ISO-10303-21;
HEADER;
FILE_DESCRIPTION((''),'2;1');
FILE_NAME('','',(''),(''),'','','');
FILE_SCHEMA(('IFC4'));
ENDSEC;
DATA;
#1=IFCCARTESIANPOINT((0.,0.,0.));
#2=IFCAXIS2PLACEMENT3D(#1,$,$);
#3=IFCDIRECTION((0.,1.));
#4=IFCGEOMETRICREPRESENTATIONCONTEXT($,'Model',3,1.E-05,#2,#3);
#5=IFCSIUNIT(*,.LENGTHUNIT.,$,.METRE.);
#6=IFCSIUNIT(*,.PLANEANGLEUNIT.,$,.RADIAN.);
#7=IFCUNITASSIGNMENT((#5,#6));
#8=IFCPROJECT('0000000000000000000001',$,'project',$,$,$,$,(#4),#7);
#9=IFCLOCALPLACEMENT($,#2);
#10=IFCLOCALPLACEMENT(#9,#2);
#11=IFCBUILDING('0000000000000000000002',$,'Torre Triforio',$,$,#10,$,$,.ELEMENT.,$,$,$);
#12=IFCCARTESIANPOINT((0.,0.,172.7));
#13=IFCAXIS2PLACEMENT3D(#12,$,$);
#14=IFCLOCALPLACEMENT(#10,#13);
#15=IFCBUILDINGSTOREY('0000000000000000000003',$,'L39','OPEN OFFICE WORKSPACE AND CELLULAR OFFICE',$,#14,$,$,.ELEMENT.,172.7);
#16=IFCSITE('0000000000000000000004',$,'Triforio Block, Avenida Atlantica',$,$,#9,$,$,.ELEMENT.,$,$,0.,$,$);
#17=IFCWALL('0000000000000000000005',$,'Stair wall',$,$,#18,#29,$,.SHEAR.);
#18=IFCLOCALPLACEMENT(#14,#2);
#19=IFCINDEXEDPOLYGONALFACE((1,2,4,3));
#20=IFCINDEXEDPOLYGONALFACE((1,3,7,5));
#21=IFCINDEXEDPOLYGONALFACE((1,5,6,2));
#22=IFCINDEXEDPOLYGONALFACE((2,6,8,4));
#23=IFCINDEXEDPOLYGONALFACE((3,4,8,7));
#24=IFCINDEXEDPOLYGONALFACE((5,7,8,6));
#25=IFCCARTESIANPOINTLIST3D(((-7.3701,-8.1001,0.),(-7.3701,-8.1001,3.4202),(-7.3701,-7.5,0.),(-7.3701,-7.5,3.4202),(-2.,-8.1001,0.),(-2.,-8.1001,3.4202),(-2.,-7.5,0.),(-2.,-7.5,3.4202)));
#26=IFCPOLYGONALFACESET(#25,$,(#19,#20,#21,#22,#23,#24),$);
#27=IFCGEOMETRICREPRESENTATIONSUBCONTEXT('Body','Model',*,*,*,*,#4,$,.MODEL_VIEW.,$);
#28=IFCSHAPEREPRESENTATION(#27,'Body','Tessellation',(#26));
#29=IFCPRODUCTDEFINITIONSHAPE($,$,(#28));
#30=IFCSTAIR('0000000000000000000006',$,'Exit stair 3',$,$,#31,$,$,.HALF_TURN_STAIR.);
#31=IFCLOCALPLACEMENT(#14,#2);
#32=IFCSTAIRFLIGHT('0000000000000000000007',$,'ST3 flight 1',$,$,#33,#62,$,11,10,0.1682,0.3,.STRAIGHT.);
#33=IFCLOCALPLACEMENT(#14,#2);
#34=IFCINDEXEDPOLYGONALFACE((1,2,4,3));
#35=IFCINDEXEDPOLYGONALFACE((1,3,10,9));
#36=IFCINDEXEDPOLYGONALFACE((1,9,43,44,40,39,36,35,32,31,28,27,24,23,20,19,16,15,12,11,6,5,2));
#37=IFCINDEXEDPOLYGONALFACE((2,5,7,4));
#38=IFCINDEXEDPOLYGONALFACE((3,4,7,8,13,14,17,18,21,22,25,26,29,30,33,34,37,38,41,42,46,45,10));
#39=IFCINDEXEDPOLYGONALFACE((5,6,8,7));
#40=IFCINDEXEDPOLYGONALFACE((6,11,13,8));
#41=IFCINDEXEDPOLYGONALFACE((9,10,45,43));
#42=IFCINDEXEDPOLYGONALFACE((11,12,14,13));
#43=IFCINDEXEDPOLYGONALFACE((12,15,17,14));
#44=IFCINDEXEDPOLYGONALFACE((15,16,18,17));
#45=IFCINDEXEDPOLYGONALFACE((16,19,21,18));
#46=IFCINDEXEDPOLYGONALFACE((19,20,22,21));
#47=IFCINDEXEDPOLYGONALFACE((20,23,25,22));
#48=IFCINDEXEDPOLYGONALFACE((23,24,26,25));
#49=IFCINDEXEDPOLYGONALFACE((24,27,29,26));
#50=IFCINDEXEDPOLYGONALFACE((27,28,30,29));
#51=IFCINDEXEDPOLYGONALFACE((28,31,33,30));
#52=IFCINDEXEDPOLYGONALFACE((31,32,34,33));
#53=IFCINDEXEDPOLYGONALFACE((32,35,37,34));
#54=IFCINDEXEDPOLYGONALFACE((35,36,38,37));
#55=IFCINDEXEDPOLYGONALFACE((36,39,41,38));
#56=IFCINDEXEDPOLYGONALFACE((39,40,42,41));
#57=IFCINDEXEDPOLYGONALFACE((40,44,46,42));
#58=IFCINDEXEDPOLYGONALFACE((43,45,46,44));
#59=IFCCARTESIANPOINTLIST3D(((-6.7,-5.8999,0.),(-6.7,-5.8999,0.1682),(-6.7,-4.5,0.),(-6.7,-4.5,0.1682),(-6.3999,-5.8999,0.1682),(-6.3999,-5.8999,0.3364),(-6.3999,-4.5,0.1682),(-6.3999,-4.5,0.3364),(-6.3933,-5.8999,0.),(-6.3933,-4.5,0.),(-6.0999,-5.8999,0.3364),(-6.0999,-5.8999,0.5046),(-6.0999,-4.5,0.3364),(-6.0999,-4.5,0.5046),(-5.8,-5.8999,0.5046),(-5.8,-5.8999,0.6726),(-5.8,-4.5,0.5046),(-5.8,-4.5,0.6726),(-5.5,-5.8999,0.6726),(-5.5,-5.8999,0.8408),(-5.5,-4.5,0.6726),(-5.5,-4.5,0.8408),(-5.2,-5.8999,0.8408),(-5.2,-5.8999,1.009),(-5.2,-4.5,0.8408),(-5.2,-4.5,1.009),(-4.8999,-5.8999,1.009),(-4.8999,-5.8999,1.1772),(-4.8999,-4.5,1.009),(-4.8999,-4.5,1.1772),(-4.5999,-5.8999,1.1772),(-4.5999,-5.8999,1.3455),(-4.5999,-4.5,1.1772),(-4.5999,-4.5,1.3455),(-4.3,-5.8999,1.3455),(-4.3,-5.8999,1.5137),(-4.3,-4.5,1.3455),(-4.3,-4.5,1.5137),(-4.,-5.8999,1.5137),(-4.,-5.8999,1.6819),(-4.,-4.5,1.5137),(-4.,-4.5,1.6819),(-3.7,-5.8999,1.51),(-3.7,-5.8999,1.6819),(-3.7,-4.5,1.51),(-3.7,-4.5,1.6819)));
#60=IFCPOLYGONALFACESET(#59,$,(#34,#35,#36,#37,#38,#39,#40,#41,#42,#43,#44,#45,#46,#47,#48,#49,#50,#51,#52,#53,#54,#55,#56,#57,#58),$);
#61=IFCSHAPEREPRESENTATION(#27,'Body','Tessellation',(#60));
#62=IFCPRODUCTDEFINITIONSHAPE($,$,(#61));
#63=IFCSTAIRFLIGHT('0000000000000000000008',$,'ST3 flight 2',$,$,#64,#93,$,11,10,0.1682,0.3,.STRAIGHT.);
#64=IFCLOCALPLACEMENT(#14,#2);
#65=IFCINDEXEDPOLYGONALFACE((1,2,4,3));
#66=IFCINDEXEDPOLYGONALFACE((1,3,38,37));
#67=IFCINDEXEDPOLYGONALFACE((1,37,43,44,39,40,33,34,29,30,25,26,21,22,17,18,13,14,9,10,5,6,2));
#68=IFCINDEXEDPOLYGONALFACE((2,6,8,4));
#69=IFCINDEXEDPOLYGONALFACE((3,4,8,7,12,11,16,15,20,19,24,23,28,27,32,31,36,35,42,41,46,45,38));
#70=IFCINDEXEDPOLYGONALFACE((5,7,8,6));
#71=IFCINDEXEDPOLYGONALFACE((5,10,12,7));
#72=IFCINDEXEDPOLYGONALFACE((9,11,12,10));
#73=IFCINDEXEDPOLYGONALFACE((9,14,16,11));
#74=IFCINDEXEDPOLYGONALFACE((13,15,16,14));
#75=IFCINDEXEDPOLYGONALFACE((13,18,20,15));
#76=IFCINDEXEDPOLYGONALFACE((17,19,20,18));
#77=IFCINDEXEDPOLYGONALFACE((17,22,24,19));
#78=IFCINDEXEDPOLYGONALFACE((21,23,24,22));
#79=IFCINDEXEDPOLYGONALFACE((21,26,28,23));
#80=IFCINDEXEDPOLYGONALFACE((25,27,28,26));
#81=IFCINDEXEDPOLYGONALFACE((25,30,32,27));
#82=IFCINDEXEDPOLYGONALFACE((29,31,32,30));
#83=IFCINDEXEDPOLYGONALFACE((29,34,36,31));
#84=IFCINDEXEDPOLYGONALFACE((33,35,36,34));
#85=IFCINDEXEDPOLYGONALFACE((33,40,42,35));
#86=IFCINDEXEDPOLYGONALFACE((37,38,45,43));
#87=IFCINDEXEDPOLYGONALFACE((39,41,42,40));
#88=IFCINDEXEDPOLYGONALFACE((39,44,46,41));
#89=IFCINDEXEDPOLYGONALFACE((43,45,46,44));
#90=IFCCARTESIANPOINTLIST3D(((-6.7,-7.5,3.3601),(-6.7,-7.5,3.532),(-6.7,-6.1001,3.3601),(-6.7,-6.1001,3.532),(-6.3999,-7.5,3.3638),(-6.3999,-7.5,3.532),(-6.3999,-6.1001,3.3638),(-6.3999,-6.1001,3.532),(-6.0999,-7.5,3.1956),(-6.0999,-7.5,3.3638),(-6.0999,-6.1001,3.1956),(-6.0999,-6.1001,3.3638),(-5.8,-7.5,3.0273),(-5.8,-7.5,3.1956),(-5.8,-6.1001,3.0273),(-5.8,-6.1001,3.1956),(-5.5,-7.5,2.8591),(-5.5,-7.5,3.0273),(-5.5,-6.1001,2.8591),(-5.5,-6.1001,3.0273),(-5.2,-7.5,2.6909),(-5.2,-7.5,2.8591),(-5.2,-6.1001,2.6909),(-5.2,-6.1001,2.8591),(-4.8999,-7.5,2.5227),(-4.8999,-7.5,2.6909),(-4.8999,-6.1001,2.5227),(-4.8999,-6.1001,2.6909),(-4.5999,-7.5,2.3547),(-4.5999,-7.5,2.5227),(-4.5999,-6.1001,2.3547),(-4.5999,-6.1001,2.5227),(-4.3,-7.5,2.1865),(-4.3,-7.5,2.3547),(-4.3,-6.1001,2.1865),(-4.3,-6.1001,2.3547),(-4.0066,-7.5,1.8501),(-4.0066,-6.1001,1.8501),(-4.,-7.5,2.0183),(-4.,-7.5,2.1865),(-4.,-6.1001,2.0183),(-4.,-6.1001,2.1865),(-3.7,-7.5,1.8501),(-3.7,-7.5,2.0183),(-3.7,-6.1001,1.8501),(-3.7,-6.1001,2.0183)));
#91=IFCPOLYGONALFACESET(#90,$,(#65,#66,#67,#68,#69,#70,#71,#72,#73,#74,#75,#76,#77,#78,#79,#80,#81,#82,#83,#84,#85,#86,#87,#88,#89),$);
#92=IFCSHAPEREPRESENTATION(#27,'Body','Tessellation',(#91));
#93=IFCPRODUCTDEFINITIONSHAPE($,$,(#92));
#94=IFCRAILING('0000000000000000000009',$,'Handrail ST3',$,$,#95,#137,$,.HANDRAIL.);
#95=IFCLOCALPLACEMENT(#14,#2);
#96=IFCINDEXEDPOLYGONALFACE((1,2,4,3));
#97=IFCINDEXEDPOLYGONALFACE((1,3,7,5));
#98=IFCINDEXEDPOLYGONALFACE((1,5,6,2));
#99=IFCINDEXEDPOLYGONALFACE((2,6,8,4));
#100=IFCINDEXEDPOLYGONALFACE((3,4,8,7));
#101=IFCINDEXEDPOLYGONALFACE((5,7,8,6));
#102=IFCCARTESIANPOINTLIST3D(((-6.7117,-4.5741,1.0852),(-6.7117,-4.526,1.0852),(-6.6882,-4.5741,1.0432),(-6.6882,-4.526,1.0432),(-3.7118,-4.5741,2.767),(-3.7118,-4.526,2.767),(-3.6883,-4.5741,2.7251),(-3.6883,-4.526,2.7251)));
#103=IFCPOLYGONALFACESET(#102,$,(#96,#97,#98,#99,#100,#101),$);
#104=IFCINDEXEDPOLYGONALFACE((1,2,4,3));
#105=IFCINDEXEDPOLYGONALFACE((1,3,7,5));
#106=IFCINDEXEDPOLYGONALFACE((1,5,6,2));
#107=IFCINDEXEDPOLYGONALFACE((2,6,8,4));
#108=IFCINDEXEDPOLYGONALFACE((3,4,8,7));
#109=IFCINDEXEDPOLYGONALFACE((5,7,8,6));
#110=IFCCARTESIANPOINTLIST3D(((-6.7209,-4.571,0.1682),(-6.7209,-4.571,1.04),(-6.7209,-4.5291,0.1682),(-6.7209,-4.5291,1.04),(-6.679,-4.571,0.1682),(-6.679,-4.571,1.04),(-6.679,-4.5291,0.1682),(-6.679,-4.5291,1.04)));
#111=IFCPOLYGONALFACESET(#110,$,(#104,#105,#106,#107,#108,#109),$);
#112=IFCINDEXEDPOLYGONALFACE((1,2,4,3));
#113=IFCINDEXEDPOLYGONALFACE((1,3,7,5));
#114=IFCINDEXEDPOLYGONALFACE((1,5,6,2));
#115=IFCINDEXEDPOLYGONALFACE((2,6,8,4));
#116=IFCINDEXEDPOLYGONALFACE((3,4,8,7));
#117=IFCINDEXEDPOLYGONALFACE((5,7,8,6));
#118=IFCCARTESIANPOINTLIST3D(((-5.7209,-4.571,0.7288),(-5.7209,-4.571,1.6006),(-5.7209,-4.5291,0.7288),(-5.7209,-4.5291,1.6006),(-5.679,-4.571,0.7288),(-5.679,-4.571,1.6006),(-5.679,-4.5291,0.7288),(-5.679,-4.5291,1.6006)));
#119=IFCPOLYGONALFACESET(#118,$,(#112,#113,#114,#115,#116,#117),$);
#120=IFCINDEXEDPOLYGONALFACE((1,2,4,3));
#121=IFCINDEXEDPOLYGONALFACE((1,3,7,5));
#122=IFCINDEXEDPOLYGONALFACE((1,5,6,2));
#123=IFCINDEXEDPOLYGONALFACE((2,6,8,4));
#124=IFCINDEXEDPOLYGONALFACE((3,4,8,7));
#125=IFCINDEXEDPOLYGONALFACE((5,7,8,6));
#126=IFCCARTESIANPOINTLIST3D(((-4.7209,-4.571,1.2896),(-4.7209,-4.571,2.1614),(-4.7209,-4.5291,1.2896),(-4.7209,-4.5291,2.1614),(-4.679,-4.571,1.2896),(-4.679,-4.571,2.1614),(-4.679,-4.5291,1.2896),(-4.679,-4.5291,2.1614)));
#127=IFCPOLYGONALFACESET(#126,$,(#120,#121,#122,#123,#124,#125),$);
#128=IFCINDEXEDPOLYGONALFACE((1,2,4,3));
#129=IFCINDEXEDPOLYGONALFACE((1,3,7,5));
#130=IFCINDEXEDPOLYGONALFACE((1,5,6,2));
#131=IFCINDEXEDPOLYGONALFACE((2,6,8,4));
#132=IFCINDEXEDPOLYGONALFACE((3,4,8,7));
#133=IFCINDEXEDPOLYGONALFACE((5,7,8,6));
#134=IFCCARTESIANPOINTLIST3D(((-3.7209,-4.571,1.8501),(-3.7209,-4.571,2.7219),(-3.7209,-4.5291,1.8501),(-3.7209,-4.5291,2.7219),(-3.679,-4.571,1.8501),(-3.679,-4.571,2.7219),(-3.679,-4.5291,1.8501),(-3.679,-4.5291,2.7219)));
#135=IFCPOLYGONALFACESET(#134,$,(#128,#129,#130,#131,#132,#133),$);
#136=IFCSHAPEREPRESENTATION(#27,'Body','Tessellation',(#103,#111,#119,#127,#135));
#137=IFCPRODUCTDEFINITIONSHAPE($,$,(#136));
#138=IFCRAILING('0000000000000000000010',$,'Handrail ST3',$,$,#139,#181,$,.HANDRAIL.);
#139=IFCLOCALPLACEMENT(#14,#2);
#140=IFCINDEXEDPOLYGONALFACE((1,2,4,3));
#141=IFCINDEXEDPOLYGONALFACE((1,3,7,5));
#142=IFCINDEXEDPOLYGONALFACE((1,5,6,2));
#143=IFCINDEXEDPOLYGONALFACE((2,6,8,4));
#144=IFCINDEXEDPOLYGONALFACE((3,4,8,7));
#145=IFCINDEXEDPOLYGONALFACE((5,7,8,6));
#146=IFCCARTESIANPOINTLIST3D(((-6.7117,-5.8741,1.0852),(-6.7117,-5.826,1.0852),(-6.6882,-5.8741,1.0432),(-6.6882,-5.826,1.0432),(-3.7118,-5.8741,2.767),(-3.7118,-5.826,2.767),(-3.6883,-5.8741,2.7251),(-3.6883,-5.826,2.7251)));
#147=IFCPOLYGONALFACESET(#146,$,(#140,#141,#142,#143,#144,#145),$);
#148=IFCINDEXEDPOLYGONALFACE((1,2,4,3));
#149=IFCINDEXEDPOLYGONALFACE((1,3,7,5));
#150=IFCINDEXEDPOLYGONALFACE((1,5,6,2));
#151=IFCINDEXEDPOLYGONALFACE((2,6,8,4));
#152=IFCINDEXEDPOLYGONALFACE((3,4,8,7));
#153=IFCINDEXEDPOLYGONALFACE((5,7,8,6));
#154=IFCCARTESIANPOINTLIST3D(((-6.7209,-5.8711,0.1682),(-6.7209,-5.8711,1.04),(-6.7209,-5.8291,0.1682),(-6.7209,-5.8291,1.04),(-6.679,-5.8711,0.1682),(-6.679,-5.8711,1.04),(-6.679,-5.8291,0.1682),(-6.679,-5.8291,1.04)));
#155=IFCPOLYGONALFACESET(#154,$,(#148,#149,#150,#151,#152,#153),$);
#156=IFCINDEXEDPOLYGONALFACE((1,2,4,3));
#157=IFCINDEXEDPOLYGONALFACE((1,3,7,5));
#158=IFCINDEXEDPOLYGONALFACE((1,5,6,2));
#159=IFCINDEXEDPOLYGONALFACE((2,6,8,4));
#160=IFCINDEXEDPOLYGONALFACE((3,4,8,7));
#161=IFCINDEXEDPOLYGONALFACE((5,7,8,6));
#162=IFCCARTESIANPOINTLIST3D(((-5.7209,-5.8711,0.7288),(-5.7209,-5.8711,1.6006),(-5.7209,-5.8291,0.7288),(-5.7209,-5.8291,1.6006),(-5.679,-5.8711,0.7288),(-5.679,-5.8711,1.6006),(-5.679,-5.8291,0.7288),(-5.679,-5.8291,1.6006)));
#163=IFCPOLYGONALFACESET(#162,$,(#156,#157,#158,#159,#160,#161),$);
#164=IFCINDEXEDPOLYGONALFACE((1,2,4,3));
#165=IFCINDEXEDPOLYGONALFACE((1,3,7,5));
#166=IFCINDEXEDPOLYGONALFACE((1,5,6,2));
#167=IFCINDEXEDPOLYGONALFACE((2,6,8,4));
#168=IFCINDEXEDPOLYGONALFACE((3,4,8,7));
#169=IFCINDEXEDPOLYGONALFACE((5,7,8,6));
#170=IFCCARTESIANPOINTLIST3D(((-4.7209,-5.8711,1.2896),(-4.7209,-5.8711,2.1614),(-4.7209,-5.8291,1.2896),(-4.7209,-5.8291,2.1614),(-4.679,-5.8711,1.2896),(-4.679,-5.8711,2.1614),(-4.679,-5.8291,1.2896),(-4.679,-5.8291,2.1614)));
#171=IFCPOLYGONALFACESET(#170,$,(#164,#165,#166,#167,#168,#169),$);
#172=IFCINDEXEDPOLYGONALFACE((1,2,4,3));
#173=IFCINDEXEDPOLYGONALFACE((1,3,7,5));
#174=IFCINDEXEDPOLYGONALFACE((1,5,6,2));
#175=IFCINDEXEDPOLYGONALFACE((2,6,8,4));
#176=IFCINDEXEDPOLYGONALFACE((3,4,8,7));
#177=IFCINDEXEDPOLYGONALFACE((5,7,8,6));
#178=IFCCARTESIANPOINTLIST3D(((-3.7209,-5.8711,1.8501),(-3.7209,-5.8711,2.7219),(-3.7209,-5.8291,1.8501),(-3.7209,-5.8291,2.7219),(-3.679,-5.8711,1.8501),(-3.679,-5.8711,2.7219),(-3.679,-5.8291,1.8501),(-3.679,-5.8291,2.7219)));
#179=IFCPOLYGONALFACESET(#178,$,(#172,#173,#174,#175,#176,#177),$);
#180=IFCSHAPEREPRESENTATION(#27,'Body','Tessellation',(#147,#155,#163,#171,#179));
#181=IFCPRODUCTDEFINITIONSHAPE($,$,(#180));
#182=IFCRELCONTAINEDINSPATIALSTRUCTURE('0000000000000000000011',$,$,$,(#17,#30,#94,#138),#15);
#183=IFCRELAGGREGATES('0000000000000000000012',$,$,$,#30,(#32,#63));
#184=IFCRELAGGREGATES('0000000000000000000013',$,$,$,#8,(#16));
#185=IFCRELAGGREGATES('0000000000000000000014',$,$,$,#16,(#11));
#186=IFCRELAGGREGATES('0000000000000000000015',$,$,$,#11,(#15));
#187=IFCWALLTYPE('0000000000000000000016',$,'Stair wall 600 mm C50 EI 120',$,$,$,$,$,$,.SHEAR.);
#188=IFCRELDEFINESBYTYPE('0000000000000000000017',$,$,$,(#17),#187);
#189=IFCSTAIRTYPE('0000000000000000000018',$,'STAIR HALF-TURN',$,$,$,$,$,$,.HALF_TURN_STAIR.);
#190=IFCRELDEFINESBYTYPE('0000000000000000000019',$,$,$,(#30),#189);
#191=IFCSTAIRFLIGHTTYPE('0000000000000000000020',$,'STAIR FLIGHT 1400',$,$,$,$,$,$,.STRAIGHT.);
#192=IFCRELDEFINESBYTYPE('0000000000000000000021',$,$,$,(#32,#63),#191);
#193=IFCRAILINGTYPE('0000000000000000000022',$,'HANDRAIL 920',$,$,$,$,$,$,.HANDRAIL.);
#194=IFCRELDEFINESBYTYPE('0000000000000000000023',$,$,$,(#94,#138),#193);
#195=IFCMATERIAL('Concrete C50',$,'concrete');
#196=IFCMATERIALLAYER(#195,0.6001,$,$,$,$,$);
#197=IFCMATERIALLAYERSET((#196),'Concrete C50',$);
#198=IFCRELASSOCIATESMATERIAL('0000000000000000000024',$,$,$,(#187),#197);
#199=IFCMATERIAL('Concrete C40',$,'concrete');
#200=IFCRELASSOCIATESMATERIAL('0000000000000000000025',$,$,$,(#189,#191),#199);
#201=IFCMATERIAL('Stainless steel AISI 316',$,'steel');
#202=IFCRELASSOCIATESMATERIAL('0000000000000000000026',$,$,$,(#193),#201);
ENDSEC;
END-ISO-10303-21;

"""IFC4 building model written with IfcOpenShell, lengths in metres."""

from ifc_helpers import new_model, si_unit, direction, frame, frame_2d, origin, origin_2d, place, context, subcontext, project, spatial, polyline, rectangle, outline, extrude, material, layer, layer_set, type_object, element, aggregate, save


model = new_model("IFC4")

# Units and contexts
model_context = context("Model", 3, precision=1e-05, world=origin(), true_north=direction((0.0, 1.0)))
body_context = subcontext(model_context, "Body", "Model", "MODEL_VIEW")
ifc_project = project(units=[si_unit("LENGTHUNIT", "METRE"), si_unit("PLANEANGLEUNIT", "RADIAN")], contexts=[model_context])

# Site, building, storey
site_placement = place(None, origin())
site = spatial("IfcSite", under=ifc_project, at=site_placement, Name="Triforio Block, Avenida Atlantica", CompositionType="ELEMENT", RefElevation=0.0)
building_placement = place(site_placement, origin())
building = spatial("IfcBuilding", under=site, at=building_placement, Name="Torre Triforio", CompositionType="ELEMENT")
storey_placement = place(building_placement, frame((0.0, 0.0, 172.7)))
storey = spatial("IfcBuildingStorey", under=building, at=storey_placement, Name="L39", Description="OPEN OFFICE WORKSPACE AND CELLULAR OFFICE", CompositionType="ELEMENT", Elevation=172.7)

# Shared definitions
ifc_material_1 = material(Name="Concrete C40", Category="concrete")

# Shared definitions
ifc_material_2 = material(Name="Concrete C50", Category="concrete")

# Wall
ifc_layer_1 = layer(ifc_material_2, 0.6001)
ifc_layer_set_1 = layer_set([ifc_layer_1], Name="Concrete C50")
wall_type_1 = type_object("IfcWallType", Name="Stair wall 600 mm C50 EI 120", PredefinedType="SHEAR", material=ifc_layer_set_1)
wall_1_placement = place(storey_placement, frame((-7.3701, -7.8, 0.0), z_axis=(0.0, 0.0, 1.0), x_axis=(1.0, 0.0, 0.0)))
element("IfcWall", 1, at=wall_1_placement, inside=storey, type_object=wall_type_1, Name="Stair wall", PredefinedType="SHEAR", context=body_context, shape_type="SweptSolid", body=[
    extrude(rectangle(XDim=5.3701, YDim=0.6001, at=frame_2d((2.6851, 0.0))), origin(), (0.0, 0.0, 1.0), 3.4202),
])

# Stair, stair flights
stair_type = type_object("IfcStairType", Name="STAIR HALF-TURN", PredefinedType="HALF_TURN_STAIR", material=ifc_material_1)
stair_placement = place(storey_placement, origin())
stair = element("IfcStair", 2, at=stair_placement, inside=storey, type_object=stair_type, Name="Exit stair 3", PredefinedType="HALF_TURN_STAIR")
stair_flight_type = type_object("IfcStairFlightType", Name="STAIR FLIGHT 1400", PredefinedType="STRAIGHT", material=ifc_material_1)
stair_flight_1_placement = place(storey_placement, frame((-6.7, -5.2, 0.0), z_axis=(0.0, 0.0, 1.0), x_axis=(1.0, 0.0, 0.0)))
stair_flight_1 = element("IfcStairFlight", 3, at=stair_flight_1_placement, type_object=stair_flight_type, Name="ST3 flight 1", NumberOfRisers=11, NumberOfTreads=10, PredefinedType="STRAIGHT", RiserHeight=0.1682, TreadLength=0.3, context=body_context, shape_type="SweptSolid", body=[
    extrude(outline(polyline([(0.0, 0.0), (0.0, 0.1682), (0.3, 0.1682), (0.3, 0.3364), (0.6001, 0.3364), (0.6001, 0.5046), (0.8999, 0.5046), (0.8999, 0.6726), (1.2, 0.6726), (1.2, 0.8408), (1.5, 0.8408), (1.5, 1.009), (1.8, 1.009), (1.8, 1.1772), (2.1001, 1.1772), (2.1001, 1.3455), (2.3999, 1.3455), (2.3999, 1.5137), (2.7, 1.5137), (2.7, 1.6819), (3.0, 1.6819), (3.0, 1.8501), (3.0, 1.51), (0.3066, 0.0), (0.0, 0.0)])), frame((0.0, 0.7, 0.0), z_axis=(0.0, -1.0, 0.0), x_axis=(1.0, 0.0, 0.0)), (0.0, 0.0, 1.0), 1.3999),
])
stair_flight_2_placement = place(storey_placement, frame((-3.7, -6.8, 1.8501), z_axis=(0.0, 0.0, 1.0), x_axis=(-1.0, 0.0, 0.0)))
stair_flight_2 = element("IfcStairFlight", 4, at=stair_flight_2_placement, type_object=stair_flight_type, Name="ST3 flight 2", NumberOfRisers=11, NumberOfTreads=10, PredefinedType="STRAIGHT", RiserHeight=0.1682, TreadLength=0.3, context=body_context, shape_type="SweptSolid", body=[
    extrude(outline(polyline([(0.0, 0.0), (0.0, 0.1682), (0.3, 0.1682), (0.3, 0.3364), (0.6001, 0.3364), (0.6001, 0.5046), (0.8999, 0.5046), (0.8999, 0.6726), (1.2, 0.6726), (1.2, 0.8408), (1.5, 0.8408), (1.5, 1.009), (1.8, 1.009), (1.8, 1.1772), (2.1001, 1.1772), (2.1001, 1.3455), (2.3999, 1.3455), (2.3999, 1.5137), (2.7, 1.5137), (2.7, 1.6819), (3.0, 1.6819), (3.0, 1.8501), (3.0, 1.51), (0.3066, 0.0), (0.0, 0.0)])), frame((0.0, 0.7, 0.0), z_axis=(0.0, -1.0, 0.0), x_axis=(1.0, 0.0, 0.0)), (0.0, 0.0, 1.0), 1.3999),
])
aggregate(stair, [stair_flight_1, stair_flight_2])

# Railings
ifc_material_3 = material(Name="Stainless steel AISI 316", Category="steel")
railing_type = type_object("IfcRailingType", Name="HANDRAIL 920", PredefinedType="HANDRAIL", material=ifc_material_3)
for number, where, name in (
    (5, (-6.7, -4.55, 0.1682), "Handrail ST3"),
    (6, (-6.7, -5.8501, 0.1682), "Handrail ST3"),
):
    element("IfcRailing", number, at=place(storey_placement, frame(where)), inside=storey, type_object=railing_type, Name=name, PredefinedType="HANDRAIL", context=body_context, shape_type="SweptSolid", body=[
        extrude(rectangle(XDim=0.0481, YDim=0.0481, at=origin_2d()), frame((0.0, 0.0, 0.896), z_axis=(0.872272, 0.0, 0.48902), x_axis=(0.0, 1.0, 0.0)), (0.0, 0.0, 1.0), 3.4392),
        extrude(rectangle(XDim=0.042, YDim=0.042, at=origin_2d()), origin(), (0.0, 0.0, 1.0), 0.8718),
        extrude(rectangle(XDim=0.042, YDim=0.042, at=origin_2d()), frame((1.0, 0.0, 0.5605)), (0.0, 0.0, 1.0), 0.8718),
        extrude(rectangle(XDim=0.042, YDim=0.042, at=origin_2d()), frame((2.0, 0.0, 1.1213)), (0.0, 0.0, 1.0), 0.8718),
        extrude(rectangle(XDim=0.042, YDim=0.042, at=origin_2d()), frame((3.0, 0.0, 1.6819)), (0.0, 0.0, 1.0), 0.8718),
    ])

save(model, "model.ifc")
